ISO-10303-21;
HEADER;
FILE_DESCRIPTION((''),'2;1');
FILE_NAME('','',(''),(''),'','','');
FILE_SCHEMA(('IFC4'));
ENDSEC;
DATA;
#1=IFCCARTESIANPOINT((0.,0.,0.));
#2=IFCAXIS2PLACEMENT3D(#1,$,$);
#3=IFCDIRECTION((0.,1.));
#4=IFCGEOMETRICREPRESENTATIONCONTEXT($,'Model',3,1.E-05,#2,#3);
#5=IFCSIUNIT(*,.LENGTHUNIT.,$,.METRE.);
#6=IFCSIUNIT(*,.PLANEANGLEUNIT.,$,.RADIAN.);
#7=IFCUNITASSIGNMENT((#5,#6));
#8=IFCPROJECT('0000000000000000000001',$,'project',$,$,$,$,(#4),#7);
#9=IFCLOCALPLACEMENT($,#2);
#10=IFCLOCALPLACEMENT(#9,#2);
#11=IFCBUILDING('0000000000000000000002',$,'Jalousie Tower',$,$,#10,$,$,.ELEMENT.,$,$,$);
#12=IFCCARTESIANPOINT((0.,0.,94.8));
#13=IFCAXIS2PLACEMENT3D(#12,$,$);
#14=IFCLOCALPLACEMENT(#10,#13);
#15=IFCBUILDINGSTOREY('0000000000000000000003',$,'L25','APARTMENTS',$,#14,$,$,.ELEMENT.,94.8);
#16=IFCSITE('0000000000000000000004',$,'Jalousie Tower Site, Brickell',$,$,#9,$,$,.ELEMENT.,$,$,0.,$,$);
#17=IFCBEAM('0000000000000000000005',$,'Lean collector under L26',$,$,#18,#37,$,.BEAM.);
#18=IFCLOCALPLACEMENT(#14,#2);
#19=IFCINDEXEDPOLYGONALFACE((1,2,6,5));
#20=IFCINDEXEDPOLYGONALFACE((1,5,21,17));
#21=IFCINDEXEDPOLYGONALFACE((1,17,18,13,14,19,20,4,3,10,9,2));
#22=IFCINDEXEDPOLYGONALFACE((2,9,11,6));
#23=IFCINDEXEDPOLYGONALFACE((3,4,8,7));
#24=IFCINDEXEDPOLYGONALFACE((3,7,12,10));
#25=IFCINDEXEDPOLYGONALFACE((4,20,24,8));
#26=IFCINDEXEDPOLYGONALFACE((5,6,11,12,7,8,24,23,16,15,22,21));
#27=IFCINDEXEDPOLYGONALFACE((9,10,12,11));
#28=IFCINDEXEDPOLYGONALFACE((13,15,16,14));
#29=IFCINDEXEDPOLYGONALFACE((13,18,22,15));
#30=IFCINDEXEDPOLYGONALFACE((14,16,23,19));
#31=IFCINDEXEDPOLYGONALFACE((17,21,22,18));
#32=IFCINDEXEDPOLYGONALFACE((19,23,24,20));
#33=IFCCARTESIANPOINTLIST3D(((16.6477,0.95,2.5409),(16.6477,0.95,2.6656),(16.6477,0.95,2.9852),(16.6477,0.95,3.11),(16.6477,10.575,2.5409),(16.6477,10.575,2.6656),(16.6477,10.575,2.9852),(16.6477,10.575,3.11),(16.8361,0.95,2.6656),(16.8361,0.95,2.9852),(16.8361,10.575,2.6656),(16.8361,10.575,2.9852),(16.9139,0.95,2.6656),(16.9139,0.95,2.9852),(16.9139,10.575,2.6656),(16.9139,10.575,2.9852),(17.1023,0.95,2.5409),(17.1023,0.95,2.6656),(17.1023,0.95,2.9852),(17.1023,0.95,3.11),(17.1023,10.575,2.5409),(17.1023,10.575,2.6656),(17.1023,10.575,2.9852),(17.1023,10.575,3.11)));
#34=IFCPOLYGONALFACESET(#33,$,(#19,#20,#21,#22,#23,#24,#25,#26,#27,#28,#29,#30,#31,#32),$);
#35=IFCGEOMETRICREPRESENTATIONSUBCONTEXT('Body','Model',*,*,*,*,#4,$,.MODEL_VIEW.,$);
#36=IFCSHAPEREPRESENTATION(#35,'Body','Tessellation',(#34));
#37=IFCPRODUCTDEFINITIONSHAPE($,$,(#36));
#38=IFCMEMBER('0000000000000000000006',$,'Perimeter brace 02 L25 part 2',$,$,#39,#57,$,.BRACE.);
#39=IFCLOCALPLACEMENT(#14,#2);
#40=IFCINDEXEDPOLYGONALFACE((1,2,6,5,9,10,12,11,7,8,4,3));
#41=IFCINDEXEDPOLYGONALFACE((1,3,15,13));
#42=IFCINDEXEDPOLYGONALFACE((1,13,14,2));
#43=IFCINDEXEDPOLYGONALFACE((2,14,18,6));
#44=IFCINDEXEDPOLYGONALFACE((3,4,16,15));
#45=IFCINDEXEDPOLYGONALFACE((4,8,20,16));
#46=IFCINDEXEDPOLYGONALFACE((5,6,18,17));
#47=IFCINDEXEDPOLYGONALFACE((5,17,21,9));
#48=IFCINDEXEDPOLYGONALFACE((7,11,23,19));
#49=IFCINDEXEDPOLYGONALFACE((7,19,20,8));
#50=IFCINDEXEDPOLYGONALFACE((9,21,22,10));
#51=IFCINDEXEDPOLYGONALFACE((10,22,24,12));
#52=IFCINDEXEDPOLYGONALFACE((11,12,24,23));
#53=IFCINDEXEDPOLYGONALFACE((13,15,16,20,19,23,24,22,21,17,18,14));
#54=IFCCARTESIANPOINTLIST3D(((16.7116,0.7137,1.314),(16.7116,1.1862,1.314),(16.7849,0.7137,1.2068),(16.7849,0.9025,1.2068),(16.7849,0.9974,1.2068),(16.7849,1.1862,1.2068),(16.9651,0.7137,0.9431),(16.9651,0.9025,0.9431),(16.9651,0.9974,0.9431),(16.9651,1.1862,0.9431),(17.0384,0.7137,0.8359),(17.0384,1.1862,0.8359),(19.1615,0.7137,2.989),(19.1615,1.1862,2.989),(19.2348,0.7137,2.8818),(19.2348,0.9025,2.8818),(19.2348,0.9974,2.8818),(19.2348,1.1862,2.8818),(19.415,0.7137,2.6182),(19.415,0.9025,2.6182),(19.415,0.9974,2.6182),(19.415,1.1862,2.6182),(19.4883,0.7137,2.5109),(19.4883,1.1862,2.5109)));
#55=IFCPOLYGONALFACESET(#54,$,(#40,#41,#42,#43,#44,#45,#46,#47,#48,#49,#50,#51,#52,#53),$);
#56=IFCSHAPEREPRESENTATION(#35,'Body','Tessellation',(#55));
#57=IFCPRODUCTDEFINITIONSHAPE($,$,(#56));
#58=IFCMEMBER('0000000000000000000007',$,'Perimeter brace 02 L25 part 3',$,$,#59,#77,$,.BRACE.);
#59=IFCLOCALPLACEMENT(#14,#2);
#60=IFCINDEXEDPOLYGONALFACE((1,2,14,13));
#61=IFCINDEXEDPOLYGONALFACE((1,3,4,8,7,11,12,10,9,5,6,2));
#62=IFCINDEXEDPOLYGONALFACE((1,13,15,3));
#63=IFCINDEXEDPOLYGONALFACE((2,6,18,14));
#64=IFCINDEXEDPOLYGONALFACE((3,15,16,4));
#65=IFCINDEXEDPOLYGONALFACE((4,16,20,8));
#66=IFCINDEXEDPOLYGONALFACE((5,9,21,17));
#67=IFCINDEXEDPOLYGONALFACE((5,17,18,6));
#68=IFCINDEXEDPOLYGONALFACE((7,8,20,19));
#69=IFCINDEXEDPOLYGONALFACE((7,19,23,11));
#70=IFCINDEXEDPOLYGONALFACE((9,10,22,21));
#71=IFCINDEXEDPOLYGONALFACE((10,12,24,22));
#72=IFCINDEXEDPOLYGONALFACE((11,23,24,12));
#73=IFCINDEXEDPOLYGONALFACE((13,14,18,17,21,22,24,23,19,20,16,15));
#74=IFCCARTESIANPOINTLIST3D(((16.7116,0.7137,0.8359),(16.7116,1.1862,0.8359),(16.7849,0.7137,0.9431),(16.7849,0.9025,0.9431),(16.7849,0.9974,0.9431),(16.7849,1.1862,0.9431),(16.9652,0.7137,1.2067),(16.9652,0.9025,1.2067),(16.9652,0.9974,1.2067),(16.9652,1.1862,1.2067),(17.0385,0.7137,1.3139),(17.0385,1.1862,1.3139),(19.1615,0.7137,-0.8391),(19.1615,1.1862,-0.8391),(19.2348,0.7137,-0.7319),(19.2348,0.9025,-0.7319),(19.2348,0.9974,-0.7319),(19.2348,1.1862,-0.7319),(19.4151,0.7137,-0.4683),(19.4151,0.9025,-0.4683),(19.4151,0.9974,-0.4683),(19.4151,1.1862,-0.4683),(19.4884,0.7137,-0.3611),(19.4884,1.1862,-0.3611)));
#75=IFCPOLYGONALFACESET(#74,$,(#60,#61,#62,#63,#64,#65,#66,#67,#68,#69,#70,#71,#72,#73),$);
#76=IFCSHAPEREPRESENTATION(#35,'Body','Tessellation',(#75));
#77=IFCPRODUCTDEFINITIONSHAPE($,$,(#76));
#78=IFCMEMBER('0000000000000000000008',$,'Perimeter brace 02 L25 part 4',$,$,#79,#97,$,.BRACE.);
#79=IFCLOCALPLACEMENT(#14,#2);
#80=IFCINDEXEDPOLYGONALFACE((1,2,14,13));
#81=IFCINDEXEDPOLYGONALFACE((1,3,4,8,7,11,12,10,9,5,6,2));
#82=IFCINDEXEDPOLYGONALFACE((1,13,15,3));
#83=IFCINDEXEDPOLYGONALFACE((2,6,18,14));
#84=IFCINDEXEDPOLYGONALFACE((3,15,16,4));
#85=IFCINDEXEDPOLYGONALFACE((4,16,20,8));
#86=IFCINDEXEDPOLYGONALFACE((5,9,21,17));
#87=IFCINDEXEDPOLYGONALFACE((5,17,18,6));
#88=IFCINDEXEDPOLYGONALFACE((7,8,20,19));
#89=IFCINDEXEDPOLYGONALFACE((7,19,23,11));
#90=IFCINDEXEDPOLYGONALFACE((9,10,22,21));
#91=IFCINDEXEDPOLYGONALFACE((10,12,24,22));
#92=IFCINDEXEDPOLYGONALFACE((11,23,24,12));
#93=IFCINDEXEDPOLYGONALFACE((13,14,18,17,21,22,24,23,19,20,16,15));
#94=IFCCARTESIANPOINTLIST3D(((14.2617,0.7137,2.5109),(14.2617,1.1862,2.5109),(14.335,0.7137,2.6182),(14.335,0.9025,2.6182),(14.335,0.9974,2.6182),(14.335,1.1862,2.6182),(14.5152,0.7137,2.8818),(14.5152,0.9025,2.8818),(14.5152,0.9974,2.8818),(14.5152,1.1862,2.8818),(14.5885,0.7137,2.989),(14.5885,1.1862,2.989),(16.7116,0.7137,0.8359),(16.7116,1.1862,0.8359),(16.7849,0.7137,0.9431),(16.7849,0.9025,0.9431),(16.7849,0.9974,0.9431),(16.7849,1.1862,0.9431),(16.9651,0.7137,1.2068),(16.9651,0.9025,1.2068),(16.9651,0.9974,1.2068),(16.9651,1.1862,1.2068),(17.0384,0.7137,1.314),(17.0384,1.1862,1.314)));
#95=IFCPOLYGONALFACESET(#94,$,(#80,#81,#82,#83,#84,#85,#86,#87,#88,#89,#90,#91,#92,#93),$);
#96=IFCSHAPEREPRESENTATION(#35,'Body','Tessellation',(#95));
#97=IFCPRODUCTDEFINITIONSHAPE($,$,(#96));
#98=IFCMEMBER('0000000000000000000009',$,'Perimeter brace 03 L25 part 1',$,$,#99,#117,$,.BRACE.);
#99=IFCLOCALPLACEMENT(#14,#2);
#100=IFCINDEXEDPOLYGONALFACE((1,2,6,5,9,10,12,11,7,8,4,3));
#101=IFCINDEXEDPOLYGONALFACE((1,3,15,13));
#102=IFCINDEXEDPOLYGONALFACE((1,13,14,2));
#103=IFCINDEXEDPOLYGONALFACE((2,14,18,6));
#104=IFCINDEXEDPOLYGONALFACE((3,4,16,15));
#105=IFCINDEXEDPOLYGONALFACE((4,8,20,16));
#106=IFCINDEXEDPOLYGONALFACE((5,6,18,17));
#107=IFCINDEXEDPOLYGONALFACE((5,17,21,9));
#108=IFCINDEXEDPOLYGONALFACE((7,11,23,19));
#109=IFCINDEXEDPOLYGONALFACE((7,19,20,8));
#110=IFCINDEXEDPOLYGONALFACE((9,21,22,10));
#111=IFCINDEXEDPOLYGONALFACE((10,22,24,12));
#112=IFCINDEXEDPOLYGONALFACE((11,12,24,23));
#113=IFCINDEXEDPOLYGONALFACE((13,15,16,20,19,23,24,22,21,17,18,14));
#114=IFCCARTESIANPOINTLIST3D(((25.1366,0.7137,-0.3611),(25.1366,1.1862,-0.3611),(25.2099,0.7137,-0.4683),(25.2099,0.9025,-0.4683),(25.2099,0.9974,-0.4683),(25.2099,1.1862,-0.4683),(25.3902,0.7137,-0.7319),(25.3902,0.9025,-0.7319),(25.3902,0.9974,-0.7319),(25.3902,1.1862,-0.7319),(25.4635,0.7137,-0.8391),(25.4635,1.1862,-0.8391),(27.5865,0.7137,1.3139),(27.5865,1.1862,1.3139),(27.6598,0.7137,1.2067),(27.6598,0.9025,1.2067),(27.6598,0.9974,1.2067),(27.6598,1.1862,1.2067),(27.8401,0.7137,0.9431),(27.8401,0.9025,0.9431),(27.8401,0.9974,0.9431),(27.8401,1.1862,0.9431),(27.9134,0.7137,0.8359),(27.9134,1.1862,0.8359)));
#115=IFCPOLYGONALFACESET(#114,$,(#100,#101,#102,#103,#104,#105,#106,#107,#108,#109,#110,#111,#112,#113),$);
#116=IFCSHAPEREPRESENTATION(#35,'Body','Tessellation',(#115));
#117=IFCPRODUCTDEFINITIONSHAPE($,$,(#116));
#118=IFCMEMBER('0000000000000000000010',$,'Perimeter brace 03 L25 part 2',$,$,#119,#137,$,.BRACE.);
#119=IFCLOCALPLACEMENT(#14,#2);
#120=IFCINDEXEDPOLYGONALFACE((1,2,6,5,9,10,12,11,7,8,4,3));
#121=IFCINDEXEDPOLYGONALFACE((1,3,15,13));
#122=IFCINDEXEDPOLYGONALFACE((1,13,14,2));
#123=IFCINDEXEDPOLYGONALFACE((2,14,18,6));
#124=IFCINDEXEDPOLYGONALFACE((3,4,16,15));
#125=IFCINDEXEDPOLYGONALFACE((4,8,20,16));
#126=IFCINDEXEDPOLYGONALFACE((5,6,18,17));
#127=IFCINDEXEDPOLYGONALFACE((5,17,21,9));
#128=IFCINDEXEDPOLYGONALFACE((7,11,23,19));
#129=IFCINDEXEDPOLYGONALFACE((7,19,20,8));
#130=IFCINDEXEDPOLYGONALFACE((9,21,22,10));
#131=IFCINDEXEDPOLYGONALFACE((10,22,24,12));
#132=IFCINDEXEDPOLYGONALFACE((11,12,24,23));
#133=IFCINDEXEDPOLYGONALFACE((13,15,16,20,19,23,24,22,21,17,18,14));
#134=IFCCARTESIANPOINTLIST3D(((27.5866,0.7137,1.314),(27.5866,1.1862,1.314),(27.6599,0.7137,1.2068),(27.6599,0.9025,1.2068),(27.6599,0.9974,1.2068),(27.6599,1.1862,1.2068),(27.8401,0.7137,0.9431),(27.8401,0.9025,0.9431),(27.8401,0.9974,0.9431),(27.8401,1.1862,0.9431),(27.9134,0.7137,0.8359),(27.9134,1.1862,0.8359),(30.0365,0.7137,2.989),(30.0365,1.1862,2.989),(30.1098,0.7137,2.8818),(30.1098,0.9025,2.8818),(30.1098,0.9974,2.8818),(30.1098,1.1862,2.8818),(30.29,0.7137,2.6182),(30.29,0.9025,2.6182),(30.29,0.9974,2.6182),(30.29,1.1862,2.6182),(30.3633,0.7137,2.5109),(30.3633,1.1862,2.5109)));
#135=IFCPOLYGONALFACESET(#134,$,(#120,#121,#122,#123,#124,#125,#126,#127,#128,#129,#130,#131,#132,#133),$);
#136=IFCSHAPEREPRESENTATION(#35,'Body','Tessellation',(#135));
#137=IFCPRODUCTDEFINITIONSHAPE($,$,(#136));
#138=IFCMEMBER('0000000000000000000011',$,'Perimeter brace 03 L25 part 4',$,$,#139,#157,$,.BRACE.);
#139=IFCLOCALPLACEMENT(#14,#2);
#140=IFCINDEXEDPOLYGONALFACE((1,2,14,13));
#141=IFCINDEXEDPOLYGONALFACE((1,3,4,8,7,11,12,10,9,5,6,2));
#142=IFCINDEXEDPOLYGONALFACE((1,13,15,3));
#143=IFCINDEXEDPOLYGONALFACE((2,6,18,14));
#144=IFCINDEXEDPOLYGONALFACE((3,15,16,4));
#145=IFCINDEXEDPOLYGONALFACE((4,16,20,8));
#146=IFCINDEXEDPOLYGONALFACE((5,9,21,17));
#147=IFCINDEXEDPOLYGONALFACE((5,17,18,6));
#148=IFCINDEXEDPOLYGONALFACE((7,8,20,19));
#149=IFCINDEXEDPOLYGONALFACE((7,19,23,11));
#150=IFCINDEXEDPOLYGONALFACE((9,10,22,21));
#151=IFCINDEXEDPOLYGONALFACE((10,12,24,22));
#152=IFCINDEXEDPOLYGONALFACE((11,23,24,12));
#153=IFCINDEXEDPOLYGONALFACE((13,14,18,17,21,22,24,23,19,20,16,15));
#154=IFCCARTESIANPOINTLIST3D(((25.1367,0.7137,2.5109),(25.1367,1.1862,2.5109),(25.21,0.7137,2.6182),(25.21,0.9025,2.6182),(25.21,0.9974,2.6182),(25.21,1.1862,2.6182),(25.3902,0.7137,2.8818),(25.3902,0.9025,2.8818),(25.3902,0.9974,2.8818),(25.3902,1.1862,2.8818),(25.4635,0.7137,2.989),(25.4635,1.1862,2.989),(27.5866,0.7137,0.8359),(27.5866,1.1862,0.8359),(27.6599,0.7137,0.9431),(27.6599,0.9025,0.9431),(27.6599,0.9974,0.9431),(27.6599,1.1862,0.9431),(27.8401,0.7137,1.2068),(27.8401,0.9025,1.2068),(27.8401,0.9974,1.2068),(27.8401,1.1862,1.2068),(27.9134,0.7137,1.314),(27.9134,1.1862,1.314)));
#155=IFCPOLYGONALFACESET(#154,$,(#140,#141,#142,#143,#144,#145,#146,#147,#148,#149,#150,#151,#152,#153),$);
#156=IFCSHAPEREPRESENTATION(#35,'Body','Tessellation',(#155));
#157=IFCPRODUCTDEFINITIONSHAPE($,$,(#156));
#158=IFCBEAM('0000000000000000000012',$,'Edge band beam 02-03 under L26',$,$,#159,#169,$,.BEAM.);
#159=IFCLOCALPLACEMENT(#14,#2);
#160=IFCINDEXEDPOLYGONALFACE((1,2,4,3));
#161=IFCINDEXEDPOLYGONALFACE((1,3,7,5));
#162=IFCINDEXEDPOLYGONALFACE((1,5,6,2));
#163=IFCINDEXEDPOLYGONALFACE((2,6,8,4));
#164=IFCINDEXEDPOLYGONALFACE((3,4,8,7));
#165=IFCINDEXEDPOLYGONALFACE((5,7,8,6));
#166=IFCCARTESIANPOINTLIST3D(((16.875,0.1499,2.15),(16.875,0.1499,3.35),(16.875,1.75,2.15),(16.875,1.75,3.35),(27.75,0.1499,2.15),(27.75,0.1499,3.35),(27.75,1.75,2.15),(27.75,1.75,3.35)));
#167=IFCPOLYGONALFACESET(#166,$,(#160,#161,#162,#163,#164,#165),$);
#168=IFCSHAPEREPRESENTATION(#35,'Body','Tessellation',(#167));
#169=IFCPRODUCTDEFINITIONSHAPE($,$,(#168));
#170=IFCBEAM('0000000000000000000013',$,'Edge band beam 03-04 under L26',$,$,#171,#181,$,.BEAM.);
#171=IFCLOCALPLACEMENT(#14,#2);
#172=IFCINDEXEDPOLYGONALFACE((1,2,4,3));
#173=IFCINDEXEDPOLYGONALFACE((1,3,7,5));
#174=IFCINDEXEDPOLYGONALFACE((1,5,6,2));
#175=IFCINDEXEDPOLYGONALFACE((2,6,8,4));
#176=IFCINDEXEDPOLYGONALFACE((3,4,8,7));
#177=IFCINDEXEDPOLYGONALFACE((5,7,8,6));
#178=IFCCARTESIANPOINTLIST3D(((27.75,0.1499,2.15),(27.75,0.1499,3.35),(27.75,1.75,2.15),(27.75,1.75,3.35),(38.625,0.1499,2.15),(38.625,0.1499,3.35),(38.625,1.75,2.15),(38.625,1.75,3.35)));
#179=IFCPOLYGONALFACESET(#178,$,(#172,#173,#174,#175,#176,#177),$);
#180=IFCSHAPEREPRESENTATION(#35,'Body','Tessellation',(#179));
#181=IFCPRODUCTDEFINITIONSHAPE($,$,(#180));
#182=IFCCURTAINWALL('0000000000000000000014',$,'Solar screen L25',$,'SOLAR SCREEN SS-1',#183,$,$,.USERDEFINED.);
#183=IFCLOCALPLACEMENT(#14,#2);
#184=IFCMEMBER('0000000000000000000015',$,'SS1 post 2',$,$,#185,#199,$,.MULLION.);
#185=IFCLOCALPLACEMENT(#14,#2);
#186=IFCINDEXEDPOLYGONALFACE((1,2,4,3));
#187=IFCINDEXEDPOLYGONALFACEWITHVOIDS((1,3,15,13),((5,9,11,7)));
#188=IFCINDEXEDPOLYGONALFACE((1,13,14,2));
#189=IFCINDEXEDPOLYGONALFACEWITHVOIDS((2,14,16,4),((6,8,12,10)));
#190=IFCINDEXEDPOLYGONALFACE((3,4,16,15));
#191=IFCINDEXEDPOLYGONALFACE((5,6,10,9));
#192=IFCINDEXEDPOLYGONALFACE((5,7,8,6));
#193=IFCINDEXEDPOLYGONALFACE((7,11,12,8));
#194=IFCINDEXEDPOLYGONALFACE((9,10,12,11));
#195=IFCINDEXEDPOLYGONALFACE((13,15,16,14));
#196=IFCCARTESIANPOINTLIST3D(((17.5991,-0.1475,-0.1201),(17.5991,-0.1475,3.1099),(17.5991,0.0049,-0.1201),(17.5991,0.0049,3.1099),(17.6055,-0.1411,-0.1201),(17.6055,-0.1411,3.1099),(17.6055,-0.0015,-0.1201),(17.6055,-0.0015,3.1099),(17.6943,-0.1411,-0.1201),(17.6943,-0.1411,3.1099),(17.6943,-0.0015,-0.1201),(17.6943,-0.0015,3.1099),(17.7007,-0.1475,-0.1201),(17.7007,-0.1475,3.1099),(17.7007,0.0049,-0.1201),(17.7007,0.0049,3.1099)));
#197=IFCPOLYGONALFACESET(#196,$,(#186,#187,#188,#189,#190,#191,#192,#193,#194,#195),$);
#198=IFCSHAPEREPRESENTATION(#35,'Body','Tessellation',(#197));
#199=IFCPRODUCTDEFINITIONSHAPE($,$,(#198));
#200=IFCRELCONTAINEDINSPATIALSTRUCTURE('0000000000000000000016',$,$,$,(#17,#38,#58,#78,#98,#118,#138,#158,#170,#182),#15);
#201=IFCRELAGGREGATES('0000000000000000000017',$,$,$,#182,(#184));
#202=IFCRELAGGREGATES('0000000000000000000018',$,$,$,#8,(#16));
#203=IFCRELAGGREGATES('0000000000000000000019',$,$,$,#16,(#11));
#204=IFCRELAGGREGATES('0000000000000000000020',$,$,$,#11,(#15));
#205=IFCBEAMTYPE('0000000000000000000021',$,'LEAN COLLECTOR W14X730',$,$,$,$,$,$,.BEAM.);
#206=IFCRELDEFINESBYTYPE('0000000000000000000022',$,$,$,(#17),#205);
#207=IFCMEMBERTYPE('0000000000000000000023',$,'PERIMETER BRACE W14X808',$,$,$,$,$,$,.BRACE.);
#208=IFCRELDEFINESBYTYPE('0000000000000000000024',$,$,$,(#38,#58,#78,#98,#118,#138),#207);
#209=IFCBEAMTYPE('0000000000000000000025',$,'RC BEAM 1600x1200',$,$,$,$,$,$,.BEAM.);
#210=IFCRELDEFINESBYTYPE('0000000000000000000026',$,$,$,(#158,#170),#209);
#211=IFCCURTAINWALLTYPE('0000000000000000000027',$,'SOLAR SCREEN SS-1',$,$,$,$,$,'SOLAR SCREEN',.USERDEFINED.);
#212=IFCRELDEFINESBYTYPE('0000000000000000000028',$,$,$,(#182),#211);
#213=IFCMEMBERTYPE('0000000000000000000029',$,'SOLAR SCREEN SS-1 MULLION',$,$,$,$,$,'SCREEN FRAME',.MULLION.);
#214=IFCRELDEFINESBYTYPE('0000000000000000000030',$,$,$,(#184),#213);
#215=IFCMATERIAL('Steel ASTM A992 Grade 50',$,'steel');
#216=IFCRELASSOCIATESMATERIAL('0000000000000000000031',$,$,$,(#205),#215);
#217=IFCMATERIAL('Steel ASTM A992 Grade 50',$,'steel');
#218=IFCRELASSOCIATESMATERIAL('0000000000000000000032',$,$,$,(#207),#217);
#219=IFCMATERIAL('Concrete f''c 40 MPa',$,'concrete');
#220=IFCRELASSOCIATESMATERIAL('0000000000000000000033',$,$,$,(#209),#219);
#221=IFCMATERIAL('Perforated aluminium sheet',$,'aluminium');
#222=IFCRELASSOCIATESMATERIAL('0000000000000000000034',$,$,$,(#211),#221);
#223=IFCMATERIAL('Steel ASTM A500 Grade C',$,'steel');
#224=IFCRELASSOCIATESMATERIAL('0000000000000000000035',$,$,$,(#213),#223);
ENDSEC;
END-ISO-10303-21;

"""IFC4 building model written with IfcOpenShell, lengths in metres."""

from ifc_helpers import new_model, si_unit, direction, frame, origin, origin_2d, place, context, subcontext, project, spatial, rectangle, hollow_rectangle, i_section, extrude, material, material_profile, profile_set, type_object, element, aggregate, save


model = new_model("IFC4")

# Units and contexts
model_context = context("Model", 3, precision=1e-05, world=origin(), true_north=direction((0.0, 1.0)))
body_context = subcontext(model_context, "Body", "Model", "MODEL_VIEW")
ifc_project = project(units=[si_unit("LENGTHUNIT", "METRE"), si_unit("PLANEANGLEUNIT", "RADIAN")], contexts=[model_context])

# Site, building, storey
site_placement = place(None, origin())
site = spatial("IfcSite", under=ifc_project, at=site_placement, Name="Jalousie Tower Site, Brickell", CompositionType="ELEMENT", RefElevation=0.0)
building_placement = place(site_placement, origin())
building = spatial("IfcBuilding", under=site, at=building_placement, Name="Jalousie Tower", CompositionType="ELEMENT")
storey_placement = place(building_placement, frame((0.0, 0.0, 94.8)))
storey = spatial("IfcBuildingStorey", under=building, at=storey_placement, Name="L25", Description="APARTMENTS", CompositionType="ELEMENT", Elevation=94.8)

# Beam
ifc_material_1 = material(Name="Steel ASTM A992 Grade 50", Category="steel")
ifc_material_profile_1 = material_profile(ifc_material_1, i_section(OverallWidth=0.4546, OverallDepth=0.5691, WebThickness=0.0779, FlangeThickness=0.1248, at=origin_2d()), Name="W14X730")
ifc_profile_set_1 = profile_set([ifc_material_profile_1], Name="Steel ASTM A992 Grade 50")
beam_type_1 = type_object("IfcBeamType", Name="LEAN COLLECTOR W14X730", PredefinedType="BEAM", material=ifc_profile_set_1)
beam_placement = place(storey_placement, frame((16.875, 0.95, 2.8254), z_axis=(0.0, 1.0, 0.0), x_axis=(-1.0, 0.0, 0.0)))
element("IfcBeam", 1, at=beam_placement, inside=storey, type_object=beam_type_1, Name="Lean collector under L26", PredefinedType="BEAM", context=body_context, shape_type="SweptSolid", body=[
    extrude(i_section(OverallWidth=0.4546, OverallDepth=0.5691, WebThickness=0.0779, FlangeThickness=0.1248, at=origin_2d()), origin(), (0.0, 0.0, 1.0), 9.625),
])

# Members
ifc_material_2 = material(Name="Steel ASTM A992 Grade 50", Category="steel")
ifc_material_profile_2 = material_profile(ifc_material_2, i_section(OverallWidth=0.4724, OverallDepth=0.5791, WebThickness=0.095, FlangeThickness=0.1299, at=origin_2d()), Name="W14X808")
ifc_profile_set_2 = profile_set([ifc_material_profile_2], Name="Steel ASTM A992 Grade 50")
member_type_1 = type_object("IfcMemberType", Name="PERIMETER BRACE W14X808", PredefinedType="BRACE", material=ifc_profile_set_2)
for number, where, z_axis, x_axis, name in (
    (2, (16.875, 0.95, 1.075), (0.825501, 0.0, 0.564401), (0.0, 1.0, 0.0), "Perimeter brace 02 L25 part 2"),
    (3, (19.325, 0.95, -0.6001), (-0.825501, 0.0, 0.564401), (0.0, -1.0, 0.0), "Perimeter brace 02 L25 part 3"),
    (4, (16.875, 0.95, 1.075), (-0.825501, 0.0, 0.564401), (0.0, -1.0, 0.0), "Perimeter brace 02 L25 part 4"),
    (5, (25.3, 0.95, -0.6001), (0.825501, 0.0, 0.564401), (0.0, 1.0, 0.0), "Perimeter brace 03 L25 part 1"),
    (6, (27.75, 0.95, 1.075), (0.825501, 0.0, 0.564401), (0.0, 1.0, 0.0), "Perimeter brace 03 L25 part 2"),
    (7, (27.75, 0.95, 1.075), (-0.825501, 0.0, 0.564401), (0.0, -1.0, 0.0), "Perimeter brace 03 L25 part 4"),
):
    element("IfcMember", number, at=place(storey_placement, frame(where, z_axis=z_axis, x_axis=x_axis)), inside=storey, type_object=member_type_1, Name=name, PredefinedType="BRACE", context=body_context, shape_type="SweptSolid", body=[
        extrude(i_section(OverallWidth=0.4724, OverallDepth=0.5791, WebThickness=0.095, FlangeThickness=0.1299, at=origin_2d()), origin(), (0.0, 0.0, 1.0), 2.9678),
    ])

# Beams
ifc_material_3 = material(Name="Concrete f'c 40 MPa", Category="concrete")
ifc_material_profile_3 = material_profile(ifc_material_3, rectangle(XDim=1.6001, YDim=1.2, at=origin_2d()), Name="RC 1600x1200")
ifc_profile_set_3 = profile_set([ifc_material_profile_3], Name="Concrete f'c 40 MPa")
beam_type_2 = type_object("IfcBeamType", Name="RC BEAM 1600x1200", PredefinedType="BEAM", material=ifc_profile_set_3)
for number, where, z_axis, x_axis, name in (
    (8, (16.875, 0.95, 2.75), (1.0, 0.0, 0.0), (0.0, 1.0, 0.0), "Edge band beam 02-03 under L26"),
    (9, (27.75, 0.95, 2.75), (1.0, 0.0, 0.0), (0.0, 1.0, 0.0), "Edge band beam 03-04 under L26"),
):
    element("IfcBeam", number, at=place(storey_placement, frame(where, z_axis=z_axis, x_axis=x_axis)), inside=storey, type_object=beam_type_2, Name=name, PredefinedType="BEAM", context=body_context, shape_type="SweptSolid", body=[
        extrude(rectangle(XDim=1.6001, YDim=1.2, at=origin_2d()), origin(), (0.0, 0.0, 1.0), 10.875),
    ])

# Curtain wall, member
ifc_material_4 = material(Name="Perforated aluminium sheet", Category="aluminium")
curtain_wall_type = type_object("IfcCurtainWallType", Name="SOLAR SCREEN SS-1", ElementType="SOLAR SCREEN", PredefinedType="USERDEFINED", material=ifc_material_4)
curtain_wall_1_placement = place(storey_placement, origin())
curtain_wall_1 = element("IfcCurtainWall", 10, at=curtain_wall_1_placement, inside=storey, type_object=curtain_wall_type, Name="Solar screen L25", ObjectType="SOLAR SCREEN SS-1", PredefinedType="USERDEFINED")
ifc_material_5 = material(Name="Steel ASTM A500 Grade C", Category="steel")
ifc_material_profile_4 = material_profile(ifc_material_5, hollow_rectangle(XDim=0.1016, YDim=0.1523, WallThickness=0.0063, at=origin_2d()), Name="HSS6X4X1/4")
ifc_profile_set_4 = profile_set([ifc_material_profile_4], Name="Steel ASTM A500 Grade C")
member_type_2 = type_object("IfcMemberType", Name="SOLAR SCREEN SS-1 MULLION", ElementType="SCREEN FRAME", PredefinedType="MULLION", material=ifc_profile_set_4)
member_1_placement = place(storey_placement, frame((17.6499, -0.0713, -0.1201), z_axis=(0.0, 0.0, 1.0), x_axis=(1.0, 0.0, 0.0)))
member_1 = element("IfcMember", 11, at=member_1_placement, type_object=member_type_2, Name="SS1 post 2", PredefinedType="MULLION", context=body_context, shape_type="SweptSolid", body=[
    extrude(hollow_rectangle(XDim=0.1016, YDim=0.1523, WallThickness=0.0063, at=origin_2d()), origin(), (0.0, 0.0, 1.0), 3.23),
])
aggregate(curtain_wall_1, [member_1])

save(model, "model.ifc")
